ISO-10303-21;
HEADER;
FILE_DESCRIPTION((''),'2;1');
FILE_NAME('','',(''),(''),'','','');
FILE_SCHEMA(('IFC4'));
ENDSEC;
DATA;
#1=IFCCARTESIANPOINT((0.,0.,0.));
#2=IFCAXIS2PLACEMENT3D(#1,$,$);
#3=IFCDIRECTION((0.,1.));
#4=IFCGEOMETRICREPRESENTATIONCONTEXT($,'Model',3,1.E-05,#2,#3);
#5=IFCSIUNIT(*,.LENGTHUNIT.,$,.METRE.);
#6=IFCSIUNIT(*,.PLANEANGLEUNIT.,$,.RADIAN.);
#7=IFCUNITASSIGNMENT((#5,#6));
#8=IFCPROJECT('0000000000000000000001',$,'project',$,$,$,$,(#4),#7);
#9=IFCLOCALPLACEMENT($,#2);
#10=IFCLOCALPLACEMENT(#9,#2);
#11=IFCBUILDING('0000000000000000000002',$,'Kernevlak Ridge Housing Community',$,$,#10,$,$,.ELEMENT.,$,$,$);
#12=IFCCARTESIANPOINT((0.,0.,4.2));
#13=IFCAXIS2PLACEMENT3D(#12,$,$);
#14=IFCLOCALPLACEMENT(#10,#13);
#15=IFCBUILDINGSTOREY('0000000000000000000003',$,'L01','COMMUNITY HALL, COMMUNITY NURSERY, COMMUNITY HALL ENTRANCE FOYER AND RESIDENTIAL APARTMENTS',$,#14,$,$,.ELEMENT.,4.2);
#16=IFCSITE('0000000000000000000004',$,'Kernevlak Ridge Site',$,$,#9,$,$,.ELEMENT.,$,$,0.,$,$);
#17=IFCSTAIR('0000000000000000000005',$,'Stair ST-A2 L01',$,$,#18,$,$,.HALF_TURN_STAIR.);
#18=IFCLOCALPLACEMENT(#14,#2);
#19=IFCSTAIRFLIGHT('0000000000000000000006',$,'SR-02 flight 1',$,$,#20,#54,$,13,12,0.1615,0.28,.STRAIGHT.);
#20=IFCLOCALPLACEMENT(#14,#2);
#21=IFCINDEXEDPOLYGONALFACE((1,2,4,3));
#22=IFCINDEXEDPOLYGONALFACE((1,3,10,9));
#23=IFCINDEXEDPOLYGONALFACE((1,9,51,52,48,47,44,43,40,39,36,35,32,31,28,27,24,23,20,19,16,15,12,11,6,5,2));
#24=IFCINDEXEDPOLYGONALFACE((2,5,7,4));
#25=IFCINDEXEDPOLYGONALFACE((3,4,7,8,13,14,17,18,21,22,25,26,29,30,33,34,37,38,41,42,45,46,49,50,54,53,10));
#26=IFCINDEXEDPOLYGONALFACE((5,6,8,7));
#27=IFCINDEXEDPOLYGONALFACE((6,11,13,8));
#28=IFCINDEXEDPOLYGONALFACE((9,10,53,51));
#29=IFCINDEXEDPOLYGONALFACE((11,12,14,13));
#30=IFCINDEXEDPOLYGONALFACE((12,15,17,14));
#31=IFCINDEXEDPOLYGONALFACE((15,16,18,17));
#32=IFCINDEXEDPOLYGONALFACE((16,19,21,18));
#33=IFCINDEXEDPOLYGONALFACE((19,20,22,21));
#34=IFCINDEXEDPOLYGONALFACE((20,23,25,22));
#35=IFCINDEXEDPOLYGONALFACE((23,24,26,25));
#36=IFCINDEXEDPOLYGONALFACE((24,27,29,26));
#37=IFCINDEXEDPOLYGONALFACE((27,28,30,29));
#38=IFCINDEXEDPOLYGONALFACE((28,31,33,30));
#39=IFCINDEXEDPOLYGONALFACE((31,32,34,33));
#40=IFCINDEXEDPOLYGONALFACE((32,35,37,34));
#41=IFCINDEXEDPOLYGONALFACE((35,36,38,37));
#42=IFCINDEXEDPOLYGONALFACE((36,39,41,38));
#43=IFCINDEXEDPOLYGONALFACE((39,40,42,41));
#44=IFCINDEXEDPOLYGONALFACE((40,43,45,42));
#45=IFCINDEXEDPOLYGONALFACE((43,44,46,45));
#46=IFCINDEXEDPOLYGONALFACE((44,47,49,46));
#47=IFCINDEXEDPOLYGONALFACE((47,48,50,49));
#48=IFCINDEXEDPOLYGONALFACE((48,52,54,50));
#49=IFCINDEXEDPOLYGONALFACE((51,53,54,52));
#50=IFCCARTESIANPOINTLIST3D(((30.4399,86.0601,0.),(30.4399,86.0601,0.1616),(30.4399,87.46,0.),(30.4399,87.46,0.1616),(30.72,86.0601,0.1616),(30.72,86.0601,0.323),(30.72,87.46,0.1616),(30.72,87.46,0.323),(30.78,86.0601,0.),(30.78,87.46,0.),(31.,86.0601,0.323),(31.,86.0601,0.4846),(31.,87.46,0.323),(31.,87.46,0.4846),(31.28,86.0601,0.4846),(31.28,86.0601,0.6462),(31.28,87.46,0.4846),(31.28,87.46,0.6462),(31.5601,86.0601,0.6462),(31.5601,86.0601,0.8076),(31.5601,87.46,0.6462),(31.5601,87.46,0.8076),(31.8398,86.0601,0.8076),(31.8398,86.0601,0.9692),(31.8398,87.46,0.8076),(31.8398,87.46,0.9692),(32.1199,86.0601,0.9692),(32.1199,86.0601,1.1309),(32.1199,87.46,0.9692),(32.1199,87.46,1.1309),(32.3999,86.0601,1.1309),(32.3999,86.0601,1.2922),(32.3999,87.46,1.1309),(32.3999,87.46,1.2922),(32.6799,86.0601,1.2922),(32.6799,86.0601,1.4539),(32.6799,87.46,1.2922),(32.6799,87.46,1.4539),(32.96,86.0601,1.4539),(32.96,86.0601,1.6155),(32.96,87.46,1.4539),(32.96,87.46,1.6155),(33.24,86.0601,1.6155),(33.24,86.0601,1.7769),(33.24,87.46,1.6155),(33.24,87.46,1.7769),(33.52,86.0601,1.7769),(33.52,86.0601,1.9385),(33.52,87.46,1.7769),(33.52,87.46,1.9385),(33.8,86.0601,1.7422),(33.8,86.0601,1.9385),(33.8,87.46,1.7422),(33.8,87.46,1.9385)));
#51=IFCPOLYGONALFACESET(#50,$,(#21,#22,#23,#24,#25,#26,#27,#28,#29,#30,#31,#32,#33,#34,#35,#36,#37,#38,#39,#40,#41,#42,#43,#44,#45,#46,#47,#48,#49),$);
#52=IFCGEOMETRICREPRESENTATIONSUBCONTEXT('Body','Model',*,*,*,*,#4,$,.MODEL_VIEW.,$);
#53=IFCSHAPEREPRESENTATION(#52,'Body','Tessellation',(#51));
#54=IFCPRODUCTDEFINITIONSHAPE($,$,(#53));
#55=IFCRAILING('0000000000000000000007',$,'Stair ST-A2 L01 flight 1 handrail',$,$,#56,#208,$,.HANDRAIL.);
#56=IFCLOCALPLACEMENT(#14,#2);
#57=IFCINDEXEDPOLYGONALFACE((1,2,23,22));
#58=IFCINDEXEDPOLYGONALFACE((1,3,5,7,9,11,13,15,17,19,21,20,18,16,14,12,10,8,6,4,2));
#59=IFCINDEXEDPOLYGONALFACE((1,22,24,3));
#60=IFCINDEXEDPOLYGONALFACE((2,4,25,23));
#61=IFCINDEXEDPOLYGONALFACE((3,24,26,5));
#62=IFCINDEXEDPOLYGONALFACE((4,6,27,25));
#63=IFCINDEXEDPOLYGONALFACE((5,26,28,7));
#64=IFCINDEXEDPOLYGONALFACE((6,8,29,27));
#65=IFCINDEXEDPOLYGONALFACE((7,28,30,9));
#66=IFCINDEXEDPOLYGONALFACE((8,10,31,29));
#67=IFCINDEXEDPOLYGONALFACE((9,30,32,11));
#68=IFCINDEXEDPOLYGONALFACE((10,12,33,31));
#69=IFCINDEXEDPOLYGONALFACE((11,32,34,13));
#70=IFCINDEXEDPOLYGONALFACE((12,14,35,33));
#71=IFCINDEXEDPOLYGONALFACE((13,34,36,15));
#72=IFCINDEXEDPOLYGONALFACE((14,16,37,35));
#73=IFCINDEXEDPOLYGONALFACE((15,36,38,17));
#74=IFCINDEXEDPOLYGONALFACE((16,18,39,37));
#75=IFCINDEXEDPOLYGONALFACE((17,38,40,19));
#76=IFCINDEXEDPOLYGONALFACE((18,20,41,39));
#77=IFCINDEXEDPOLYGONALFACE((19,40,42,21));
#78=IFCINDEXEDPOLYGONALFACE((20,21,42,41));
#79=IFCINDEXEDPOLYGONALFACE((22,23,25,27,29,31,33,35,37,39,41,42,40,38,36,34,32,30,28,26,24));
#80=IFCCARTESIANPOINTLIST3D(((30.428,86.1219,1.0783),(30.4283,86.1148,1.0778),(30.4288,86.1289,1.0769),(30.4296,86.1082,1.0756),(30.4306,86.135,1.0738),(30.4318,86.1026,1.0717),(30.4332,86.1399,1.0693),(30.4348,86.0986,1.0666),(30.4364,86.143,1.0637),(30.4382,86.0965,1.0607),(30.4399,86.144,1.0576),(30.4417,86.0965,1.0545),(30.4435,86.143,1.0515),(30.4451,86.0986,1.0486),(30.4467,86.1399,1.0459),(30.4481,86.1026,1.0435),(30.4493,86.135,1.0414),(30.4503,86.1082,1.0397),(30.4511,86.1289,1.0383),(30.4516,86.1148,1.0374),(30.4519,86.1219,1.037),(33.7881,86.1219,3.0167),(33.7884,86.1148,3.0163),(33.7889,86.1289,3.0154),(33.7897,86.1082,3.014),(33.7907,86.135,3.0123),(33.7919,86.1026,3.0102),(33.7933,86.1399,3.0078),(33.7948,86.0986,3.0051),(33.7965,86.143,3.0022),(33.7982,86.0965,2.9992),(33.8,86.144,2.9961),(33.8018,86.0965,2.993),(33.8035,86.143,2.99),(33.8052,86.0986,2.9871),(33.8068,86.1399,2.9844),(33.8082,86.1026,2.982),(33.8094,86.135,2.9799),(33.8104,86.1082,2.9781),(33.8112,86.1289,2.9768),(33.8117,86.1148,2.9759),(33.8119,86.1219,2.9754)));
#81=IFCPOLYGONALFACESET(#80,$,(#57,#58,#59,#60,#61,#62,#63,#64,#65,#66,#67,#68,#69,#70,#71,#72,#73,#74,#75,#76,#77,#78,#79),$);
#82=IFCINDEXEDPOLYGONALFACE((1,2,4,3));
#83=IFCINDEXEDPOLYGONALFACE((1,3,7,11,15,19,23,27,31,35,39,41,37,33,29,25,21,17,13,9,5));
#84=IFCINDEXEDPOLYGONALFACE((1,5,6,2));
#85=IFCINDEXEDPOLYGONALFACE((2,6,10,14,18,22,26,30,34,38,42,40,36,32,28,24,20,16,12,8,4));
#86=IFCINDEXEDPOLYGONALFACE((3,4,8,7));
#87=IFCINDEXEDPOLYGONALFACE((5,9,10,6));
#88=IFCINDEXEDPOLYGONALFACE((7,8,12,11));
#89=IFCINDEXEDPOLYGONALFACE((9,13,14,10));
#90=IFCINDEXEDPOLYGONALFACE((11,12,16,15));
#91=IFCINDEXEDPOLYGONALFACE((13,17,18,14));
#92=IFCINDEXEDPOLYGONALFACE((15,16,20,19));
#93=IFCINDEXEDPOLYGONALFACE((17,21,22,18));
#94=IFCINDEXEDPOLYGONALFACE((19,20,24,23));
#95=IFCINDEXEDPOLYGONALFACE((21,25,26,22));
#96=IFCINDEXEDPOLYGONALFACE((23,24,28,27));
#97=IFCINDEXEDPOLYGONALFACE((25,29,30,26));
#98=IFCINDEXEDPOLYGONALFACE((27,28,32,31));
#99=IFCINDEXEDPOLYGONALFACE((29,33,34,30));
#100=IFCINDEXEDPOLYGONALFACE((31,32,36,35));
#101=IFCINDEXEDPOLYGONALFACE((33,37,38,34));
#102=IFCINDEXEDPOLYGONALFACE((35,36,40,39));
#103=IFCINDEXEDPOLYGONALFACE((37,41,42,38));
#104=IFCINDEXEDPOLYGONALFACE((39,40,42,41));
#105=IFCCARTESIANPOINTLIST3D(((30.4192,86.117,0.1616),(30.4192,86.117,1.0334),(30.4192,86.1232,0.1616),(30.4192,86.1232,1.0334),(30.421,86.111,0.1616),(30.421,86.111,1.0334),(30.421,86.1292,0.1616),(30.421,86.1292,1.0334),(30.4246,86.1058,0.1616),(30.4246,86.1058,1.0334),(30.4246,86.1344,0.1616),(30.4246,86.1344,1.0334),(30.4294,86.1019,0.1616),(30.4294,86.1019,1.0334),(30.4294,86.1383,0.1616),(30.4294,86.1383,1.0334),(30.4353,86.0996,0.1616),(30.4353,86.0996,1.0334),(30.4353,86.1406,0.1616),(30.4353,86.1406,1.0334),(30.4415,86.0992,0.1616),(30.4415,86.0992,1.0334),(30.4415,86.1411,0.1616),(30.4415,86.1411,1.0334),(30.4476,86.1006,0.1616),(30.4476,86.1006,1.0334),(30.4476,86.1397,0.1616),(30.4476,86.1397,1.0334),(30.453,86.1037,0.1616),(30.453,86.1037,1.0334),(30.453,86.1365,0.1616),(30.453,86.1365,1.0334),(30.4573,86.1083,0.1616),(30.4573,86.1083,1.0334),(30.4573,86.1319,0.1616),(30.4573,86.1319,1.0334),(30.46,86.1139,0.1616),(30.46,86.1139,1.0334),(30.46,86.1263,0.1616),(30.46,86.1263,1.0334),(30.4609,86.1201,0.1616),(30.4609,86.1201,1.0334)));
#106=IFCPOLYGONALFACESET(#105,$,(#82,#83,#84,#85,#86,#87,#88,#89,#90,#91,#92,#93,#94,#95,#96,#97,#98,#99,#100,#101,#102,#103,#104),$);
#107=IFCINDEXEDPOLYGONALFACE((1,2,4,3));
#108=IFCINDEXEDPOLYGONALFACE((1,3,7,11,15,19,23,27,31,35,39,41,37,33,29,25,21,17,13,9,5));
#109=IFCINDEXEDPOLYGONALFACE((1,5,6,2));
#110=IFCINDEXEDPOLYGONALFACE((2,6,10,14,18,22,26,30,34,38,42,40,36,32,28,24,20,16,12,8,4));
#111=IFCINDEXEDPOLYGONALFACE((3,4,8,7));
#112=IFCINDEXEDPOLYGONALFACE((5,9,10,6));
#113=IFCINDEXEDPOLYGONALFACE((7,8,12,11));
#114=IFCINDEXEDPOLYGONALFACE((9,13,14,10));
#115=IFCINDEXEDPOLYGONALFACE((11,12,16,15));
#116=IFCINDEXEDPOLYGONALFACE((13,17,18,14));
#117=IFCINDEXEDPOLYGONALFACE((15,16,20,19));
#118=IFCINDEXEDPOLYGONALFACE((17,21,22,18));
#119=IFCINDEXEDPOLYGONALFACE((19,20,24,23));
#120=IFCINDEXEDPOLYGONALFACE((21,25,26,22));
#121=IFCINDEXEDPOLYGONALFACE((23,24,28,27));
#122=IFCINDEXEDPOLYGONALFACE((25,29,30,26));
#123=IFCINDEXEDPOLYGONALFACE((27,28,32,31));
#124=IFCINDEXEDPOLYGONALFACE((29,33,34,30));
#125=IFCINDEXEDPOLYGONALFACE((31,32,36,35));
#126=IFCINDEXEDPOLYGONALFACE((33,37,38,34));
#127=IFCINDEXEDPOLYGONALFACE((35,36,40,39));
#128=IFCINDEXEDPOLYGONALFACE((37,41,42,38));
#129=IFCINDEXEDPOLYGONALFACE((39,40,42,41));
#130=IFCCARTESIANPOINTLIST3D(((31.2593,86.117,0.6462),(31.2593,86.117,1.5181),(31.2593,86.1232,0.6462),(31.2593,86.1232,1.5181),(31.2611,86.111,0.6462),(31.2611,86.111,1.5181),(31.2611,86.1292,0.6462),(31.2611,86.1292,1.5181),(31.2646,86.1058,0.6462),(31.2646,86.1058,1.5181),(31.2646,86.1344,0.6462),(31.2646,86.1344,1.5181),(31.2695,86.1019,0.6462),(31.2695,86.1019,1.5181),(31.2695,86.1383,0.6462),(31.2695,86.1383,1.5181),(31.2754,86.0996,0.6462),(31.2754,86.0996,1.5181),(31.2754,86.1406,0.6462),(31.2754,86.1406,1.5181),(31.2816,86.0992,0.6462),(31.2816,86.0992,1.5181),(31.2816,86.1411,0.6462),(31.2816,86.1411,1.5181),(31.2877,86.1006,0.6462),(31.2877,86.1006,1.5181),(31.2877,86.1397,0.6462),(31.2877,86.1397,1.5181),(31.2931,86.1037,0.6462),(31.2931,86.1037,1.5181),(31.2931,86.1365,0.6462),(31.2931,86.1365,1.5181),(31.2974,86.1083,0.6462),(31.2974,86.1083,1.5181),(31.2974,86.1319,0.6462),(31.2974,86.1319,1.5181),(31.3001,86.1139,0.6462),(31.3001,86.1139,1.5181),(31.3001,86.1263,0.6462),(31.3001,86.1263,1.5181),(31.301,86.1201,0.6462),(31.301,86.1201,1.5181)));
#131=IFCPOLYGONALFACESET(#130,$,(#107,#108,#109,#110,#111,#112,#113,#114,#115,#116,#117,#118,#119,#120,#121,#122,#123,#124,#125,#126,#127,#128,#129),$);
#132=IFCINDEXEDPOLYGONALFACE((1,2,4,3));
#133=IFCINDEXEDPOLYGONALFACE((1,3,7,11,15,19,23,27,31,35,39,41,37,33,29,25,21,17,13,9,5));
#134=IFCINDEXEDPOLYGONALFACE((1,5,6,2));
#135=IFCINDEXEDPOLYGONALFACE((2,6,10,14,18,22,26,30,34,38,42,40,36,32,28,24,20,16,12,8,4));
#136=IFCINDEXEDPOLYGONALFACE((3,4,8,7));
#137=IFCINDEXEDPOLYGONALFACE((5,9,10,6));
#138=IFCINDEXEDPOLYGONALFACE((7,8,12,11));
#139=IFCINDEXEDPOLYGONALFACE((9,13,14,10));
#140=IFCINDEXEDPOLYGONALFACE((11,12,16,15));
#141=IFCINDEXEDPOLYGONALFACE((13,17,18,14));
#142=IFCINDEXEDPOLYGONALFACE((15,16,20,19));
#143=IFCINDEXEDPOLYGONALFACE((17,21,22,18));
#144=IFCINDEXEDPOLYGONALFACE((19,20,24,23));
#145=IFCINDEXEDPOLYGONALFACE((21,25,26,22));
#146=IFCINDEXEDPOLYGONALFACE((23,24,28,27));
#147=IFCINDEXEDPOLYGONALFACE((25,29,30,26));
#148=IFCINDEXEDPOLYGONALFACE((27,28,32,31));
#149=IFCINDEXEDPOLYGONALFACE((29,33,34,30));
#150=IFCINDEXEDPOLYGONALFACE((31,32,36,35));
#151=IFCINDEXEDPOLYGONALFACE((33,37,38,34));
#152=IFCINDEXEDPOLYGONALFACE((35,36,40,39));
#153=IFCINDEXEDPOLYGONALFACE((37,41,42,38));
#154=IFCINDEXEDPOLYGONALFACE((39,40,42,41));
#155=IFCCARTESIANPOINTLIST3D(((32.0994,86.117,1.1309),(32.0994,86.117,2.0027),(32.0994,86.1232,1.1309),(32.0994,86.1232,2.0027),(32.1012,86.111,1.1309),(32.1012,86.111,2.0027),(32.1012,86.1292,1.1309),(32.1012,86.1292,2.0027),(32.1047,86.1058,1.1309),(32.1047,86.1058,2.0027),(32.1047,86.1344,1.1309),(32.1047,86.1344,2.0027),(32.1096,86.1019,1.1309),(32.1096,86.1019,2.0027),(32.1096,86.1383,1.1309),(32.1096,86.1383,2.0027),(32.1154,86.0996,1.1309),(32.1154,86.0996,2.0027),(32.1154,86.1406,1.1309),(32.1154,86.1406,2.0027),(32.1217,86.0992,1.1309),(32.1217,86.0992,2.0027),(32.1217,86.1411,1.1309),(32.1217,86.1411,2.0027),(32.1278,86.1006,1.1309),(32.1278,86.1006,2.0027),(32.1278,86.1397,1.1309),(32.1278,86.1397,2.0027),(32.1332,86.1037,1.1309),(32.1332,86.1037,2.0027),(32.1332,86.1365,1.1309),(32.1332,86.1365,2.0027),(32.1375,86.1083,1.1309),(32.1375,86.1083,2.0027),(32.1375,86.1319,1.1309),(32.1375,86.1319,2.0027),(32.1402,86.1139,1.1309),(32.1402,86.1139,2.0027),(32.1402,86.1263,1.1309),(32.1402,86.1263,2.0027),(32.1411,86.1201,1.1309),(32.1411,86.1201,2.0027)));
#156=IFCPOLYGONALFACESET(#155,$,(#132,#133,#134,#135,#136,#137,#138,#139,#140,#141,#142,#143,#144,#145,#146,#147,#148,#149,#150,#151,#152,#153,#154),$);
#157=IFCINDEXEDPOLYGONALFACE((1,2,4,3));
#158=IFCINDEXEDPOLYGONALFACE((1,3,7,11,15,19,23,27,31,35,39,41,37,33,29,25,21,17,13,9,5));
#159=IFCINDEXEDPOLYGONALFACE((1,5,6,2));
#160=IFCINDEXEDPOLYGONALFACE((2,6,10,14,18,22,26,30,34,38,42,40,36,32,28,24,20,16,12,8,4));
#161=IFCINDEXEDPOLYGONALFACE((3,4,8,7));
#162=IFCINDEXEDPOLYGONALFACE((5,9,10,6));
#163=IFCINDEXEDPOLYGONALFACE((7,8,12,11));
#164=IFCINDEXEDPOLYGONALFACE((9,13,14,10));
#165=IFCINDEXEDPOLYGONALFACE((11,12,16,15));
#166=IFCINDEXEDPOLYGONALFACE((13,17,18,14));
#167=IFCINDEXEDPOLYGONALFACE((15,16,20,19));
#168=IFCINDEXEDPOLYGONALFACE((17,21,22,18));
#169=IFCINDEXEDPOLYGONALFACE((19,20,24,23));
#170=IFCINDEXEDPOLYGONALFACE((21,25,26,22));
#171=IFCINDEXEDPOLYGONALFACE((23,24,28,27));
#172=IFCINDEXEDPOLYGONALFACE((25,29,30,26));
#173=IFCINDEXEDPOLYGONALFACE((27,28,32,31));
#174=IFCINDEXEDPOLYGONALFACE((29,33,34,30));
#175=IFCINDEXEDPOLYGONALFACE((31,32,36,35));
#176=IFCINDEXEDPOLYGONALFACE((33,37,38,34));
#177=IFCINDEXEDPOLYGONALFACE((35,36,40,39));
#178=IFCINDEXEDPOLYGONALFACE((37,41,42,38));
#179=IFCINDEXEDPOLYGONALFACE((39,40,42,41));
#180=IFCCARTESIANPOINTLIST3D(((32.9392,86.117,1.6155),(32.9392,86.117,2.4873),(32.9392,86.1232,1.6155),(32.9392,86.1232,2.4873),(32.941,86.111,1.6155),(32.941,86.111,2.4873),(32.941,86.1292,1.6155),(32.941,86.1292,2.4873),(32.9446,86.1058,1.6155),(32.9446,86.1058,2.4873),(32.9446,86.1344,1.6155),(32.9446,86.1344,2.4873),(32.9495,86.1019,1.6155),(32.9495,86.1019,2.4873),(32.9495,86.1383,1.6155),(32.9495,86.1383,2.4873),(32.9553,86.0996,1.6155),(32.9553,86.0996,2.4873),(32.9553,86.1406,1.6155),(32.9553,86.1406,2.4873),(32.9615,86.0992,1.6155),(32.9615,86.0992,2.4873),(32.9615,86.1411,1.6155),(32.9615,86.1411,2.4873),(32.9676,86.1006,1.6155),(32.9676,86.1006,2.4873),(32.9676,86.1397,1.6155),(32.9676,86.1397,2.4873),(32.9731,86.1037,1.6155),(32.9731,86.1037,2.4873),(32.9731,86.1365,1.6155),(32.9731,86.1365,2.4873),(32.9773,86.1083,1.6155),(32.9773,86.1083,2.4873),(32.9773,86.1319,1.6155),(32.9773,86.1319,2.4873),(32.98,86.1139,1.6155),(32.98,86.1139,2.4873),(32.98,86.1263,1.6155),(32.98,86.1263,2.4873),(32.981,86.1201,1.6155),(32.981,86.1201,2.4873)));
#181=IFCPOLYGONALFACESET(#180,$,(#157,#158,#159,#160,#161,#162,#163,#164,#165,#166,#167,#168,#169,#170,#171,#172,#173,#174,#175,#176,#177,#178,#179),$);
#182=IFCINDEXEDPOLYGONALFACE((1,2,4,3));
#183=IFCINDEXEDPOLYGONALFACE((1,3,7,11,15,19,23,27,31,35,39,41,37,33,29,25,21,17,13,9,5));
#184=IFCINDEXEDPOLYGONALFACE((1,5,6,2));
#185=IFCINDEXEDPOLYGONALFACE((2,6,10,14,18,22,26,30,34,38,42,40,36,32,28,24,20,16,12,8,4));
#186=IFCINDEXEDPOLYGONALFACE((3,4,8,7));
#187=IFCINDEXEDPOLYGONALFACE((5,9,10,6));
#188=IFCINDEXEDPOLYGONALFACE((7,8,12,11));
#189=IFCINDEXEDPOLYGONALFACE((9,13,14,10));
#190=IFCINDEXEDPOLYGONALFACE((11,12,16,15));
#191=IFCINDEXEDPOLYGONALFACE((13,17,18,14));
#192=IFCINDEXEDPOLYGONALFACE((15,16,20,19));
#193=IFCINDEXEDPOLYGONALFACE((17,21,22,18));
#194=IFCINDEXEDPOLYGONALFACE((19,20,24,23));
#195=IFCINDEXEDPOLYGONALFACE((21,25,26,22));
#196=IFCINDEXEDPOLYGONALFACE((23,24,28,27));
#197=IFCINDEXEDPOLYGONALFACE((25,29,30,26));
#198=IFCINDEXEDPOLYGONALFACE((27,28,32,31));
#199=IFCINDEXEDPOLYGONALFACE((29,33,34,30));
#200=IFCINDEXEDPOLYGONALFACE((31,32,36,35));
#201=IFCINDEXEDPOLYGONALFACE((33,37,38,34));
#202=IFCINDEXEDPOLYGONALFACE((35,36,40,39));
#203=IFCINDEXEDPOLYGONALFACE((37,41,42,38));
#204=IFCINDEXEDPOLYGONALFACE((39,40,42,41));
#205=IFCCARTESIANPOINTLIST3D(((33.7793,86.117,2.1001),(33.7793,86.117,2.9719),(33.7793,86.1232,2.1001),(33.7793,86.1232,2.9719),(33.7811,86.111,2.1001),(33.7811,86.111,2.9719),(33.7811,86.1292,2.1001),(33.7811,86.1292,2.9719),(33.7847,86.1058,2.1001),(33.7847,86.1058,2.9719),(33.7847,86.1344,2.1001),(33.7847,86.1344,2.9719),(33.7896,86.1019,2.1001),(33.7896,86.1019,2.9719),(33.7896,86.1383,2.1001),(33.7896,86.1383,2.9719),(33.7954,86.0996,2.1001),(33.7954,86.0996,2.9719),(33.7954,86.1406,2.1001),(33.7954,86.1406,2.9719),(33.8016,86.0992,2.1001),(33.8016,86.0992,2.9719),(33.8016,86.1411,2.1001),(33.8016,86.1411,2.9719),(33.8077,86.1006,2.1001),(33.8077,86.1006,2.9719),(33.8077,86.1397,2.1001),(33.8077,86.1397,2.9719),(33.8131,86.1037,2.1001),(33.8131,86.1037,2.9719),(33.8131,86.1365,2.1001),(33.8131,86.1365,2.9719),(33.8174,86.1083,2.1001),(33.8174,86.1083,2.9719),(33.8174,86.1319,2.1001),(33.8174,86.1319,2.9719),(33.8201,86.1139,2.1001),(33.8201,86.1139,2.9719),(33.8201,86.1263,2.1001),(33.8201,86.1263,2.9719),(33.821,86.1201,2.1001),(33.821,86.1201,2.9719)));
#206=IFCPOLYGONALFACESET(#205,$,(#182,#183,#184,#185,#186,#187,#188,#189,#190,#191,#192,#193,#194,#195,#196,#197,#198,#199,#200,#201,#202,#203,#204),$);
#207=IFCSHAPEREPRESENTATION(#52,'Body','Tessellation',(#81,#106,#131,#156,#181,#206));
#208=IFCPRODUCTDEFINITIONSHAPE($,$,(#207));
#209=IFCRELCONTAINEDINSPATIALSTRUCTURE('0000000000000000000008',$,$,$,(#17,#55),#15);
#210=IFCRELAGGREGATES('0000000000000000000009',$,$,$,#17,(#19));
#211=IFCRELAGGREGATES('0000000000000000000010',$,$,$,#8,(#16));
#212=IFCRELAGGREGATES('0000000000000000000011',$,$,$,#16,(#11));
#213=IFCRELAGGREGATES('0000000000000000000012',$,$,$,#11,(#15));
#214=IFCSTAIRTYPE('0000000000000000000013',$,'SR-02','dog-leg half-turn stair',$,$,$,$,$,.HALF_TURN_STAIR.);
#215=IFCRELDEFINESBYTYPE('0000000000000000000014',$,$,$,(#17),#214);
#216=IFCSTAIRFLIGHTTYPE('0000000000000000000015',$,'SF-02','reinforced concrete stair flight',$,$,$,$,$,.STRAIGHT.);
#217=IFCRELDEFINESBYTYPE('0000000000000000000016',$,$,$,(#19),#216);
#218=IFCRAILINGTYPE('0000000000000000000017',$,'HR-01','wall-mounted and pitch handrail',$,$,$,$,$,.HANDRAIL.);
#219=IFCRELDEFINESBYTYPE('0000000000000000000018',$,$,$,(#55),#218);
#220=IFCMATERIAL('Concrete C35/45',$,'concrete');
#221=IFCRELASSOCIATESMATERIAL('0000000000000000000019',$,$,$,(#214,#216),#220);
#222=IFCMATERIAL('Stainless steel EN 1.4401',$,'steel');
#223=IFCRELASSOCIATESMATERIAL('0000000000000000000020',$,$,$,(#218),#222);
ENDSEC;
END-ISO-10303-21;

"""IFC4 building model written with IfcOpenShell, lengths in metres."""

from ifc_helpers import new_model, si_unit, direction, frame, origin, origin_2d, place, context, subcontext, project, spatial, polyline, circle, outline, extrude, material, type_object, element, aggregate, save


model = new_model("IFC4")

# Units and contexts
model_context = context("Model", 3, precision=1e-05, world=origin(), true_north=direction((0.0, 1.0)))
body_context = subcontext(model_context, "Body", "Model", "MODEL_VIEW")
ifc_project = project(units=[si_unit("LENGTHUNIT", "METRE"), si_unit("PLANEANGLEUNIT", "RADIAN")], contexts=[model_context])

# Site, building, storey
site_placement = place(None, origin())
site = spatial("IfcSite", under=ifc_project, at=site_placement, Name="Kernevlak Ridge Site", CompositionType="ELEMENT", RefElevation=0.0)
building_placement = place(site_placement, origin())
building = spatial("IfcBuilding", under=site, at=building_placement, Name="Kernevlak Ridge Housing Community", CompositionType="ELEMENT")
storey_placement = place(building_placement, frame((0.0, 0.0, 4.2)))
storey = spatial("IfcBuildingStorey", under=building, at=storey_placement, Name="L01", Description="COMMUNITY HALL, COMMUNITY NURSERY, COMMUNITY HALL ENTRANCE FOYER AND RESIDENTIAL APARTMENTS", CompositionType="ELEMENT", Elevation=4.2)

# Shared definitions
ifc_material_1 = material(Name="Concrete C35/45", Category="concrete")

# Stair, stair flight
stair_type = type_object("IfcStairType", Name="SR-02", Description="dog-leg half-turn stair", PredefinedType="HALF_TURN_STAIR", material=ifc_material_1)
stair_placement = place(storey_placement, origin())
stair = element("IfcStair", 1, at=stair_placement, inside=storey, type_object=stair_type, Name="Stair ST-A2 L01", PredefinedType="HALF_TURN_STAIR")
stair_flight_type = type_object("IfcStairFlightType", Name="SF-02", Description="reinforced concrete stair flight", PredefinedType="STRAIGHT", material=ifc_material_1)
stair_flight_placement = place(storey_placement, frame((30.4399, 86.76, 0.0), z_axis=(0.0, 0.0, 1.0), x_axis=(1.0, 0.0, 0.0)))
stair_flight = element("IfcStairFlight", 2, at=stair_flight_placement, type_object=stair_flight_type, Name="SR-02 flight 1", NumberOfRisers=13, NumberOfTreads=12, PredefinedType="STRAIGHT", RiserHeight=0.1615, TreadLength=0.28, context=body_context, shape_type="SweptSolid", body=[
    extrude(outline(polyline([(0.0, 0.0), (0.0, 0.1616), (0.28, 0.1616), (0.28, 0.323), (0.5601, 0.323), (0.5601, 0.4846), (0.8401, 0.4846), (0.8401, 0.6462), (1.1201, 0.6462), (1.1201, 0.8076), (1.3999, 0.8076), (1.3999, 0.9692), (1.6799, 0.9692), (1.6799, 1.1309), (1.96, 1.1309), (1.96, 1.2922), (2.24, 1.2922), (2.24, 1.4539), (2.52, 1.4539), (2.52, 1.6155), (2.8, 1.6155), (2.8, 1.7769), (3.0801, 1.7769), (3.0801, 1.9385), (3.3601, 1.9385), (3.3601, 2.1001), (3.3601, 1.7422), (0.3401, 0.0), (0.0, 0.0)])), frame((0.0, 0.7, 0.0), z_axis=(0.0, -1.0, 0.0), x_axis=(1.0, 0.0, 0.0)), (0.0, 0.0, 1.0), 1.3999),
])
aggregate(stair, [stair_flight])

# Railing
ifc_material_2 = material(Name="Stainless steel EN 1.4401", Category="steel")
railing_type = type_object("IfcRailingType", Name="HR-01", Description="wall-mounted and pitch handrail", PredefinedType="HANDRAIL", material=ifc_material_2)
railing_placement = place(storey_placement, frame((30.4399, 86.1201, 0.1616)))
element("IfcRailing", 3, at=railing_placement, inside=storey, type_object=railing_type, Name="Stair ST-A2 L01 flight 1 handrail", PredefinedType="HANDRAIL", context=body_context, shape_type="SweptSolid", body=[
    extrude(circle(Radius=0.0239, at=origin_2d()), frame((0.0, 0.0, 0.896), z_axis=(0.866191, 0.0, 0.499713), x_axis=(0.0, 1.0, 0.0)), (0.0, 0.0, 1.0), 3.8792),
    extrude(circle(Radius=0.021, at=origin_2d()), origin(), (0.0, 0.0, 1.0), 0.8718),
    extrude(circle(Radius=0.021, at=origin_2d()), frame((0.8401, 0.0, 0.4846)), (0.0, 0.0, 1.0), 0.8718),
    extrude(circle(Radius=0.021, at=origin_2d()), frame((1.6802, 0.0, 0.9692)), (0.0, 0.0, 1.0), 0.8718),
    extrude(circle(Radius=0.021, at=origin_2d()), frame((2.52, 0.0, 1.4539)), (0.0, 0.0, 1.0), 0.8718),
    extrude(circle(Radius=0.021, at=origin_2d()), frame((3.3601, 0.0, 1.9385)), (0.0, 0.0, 1.0), 0.8718),
])

save(model, "model.ifc")
